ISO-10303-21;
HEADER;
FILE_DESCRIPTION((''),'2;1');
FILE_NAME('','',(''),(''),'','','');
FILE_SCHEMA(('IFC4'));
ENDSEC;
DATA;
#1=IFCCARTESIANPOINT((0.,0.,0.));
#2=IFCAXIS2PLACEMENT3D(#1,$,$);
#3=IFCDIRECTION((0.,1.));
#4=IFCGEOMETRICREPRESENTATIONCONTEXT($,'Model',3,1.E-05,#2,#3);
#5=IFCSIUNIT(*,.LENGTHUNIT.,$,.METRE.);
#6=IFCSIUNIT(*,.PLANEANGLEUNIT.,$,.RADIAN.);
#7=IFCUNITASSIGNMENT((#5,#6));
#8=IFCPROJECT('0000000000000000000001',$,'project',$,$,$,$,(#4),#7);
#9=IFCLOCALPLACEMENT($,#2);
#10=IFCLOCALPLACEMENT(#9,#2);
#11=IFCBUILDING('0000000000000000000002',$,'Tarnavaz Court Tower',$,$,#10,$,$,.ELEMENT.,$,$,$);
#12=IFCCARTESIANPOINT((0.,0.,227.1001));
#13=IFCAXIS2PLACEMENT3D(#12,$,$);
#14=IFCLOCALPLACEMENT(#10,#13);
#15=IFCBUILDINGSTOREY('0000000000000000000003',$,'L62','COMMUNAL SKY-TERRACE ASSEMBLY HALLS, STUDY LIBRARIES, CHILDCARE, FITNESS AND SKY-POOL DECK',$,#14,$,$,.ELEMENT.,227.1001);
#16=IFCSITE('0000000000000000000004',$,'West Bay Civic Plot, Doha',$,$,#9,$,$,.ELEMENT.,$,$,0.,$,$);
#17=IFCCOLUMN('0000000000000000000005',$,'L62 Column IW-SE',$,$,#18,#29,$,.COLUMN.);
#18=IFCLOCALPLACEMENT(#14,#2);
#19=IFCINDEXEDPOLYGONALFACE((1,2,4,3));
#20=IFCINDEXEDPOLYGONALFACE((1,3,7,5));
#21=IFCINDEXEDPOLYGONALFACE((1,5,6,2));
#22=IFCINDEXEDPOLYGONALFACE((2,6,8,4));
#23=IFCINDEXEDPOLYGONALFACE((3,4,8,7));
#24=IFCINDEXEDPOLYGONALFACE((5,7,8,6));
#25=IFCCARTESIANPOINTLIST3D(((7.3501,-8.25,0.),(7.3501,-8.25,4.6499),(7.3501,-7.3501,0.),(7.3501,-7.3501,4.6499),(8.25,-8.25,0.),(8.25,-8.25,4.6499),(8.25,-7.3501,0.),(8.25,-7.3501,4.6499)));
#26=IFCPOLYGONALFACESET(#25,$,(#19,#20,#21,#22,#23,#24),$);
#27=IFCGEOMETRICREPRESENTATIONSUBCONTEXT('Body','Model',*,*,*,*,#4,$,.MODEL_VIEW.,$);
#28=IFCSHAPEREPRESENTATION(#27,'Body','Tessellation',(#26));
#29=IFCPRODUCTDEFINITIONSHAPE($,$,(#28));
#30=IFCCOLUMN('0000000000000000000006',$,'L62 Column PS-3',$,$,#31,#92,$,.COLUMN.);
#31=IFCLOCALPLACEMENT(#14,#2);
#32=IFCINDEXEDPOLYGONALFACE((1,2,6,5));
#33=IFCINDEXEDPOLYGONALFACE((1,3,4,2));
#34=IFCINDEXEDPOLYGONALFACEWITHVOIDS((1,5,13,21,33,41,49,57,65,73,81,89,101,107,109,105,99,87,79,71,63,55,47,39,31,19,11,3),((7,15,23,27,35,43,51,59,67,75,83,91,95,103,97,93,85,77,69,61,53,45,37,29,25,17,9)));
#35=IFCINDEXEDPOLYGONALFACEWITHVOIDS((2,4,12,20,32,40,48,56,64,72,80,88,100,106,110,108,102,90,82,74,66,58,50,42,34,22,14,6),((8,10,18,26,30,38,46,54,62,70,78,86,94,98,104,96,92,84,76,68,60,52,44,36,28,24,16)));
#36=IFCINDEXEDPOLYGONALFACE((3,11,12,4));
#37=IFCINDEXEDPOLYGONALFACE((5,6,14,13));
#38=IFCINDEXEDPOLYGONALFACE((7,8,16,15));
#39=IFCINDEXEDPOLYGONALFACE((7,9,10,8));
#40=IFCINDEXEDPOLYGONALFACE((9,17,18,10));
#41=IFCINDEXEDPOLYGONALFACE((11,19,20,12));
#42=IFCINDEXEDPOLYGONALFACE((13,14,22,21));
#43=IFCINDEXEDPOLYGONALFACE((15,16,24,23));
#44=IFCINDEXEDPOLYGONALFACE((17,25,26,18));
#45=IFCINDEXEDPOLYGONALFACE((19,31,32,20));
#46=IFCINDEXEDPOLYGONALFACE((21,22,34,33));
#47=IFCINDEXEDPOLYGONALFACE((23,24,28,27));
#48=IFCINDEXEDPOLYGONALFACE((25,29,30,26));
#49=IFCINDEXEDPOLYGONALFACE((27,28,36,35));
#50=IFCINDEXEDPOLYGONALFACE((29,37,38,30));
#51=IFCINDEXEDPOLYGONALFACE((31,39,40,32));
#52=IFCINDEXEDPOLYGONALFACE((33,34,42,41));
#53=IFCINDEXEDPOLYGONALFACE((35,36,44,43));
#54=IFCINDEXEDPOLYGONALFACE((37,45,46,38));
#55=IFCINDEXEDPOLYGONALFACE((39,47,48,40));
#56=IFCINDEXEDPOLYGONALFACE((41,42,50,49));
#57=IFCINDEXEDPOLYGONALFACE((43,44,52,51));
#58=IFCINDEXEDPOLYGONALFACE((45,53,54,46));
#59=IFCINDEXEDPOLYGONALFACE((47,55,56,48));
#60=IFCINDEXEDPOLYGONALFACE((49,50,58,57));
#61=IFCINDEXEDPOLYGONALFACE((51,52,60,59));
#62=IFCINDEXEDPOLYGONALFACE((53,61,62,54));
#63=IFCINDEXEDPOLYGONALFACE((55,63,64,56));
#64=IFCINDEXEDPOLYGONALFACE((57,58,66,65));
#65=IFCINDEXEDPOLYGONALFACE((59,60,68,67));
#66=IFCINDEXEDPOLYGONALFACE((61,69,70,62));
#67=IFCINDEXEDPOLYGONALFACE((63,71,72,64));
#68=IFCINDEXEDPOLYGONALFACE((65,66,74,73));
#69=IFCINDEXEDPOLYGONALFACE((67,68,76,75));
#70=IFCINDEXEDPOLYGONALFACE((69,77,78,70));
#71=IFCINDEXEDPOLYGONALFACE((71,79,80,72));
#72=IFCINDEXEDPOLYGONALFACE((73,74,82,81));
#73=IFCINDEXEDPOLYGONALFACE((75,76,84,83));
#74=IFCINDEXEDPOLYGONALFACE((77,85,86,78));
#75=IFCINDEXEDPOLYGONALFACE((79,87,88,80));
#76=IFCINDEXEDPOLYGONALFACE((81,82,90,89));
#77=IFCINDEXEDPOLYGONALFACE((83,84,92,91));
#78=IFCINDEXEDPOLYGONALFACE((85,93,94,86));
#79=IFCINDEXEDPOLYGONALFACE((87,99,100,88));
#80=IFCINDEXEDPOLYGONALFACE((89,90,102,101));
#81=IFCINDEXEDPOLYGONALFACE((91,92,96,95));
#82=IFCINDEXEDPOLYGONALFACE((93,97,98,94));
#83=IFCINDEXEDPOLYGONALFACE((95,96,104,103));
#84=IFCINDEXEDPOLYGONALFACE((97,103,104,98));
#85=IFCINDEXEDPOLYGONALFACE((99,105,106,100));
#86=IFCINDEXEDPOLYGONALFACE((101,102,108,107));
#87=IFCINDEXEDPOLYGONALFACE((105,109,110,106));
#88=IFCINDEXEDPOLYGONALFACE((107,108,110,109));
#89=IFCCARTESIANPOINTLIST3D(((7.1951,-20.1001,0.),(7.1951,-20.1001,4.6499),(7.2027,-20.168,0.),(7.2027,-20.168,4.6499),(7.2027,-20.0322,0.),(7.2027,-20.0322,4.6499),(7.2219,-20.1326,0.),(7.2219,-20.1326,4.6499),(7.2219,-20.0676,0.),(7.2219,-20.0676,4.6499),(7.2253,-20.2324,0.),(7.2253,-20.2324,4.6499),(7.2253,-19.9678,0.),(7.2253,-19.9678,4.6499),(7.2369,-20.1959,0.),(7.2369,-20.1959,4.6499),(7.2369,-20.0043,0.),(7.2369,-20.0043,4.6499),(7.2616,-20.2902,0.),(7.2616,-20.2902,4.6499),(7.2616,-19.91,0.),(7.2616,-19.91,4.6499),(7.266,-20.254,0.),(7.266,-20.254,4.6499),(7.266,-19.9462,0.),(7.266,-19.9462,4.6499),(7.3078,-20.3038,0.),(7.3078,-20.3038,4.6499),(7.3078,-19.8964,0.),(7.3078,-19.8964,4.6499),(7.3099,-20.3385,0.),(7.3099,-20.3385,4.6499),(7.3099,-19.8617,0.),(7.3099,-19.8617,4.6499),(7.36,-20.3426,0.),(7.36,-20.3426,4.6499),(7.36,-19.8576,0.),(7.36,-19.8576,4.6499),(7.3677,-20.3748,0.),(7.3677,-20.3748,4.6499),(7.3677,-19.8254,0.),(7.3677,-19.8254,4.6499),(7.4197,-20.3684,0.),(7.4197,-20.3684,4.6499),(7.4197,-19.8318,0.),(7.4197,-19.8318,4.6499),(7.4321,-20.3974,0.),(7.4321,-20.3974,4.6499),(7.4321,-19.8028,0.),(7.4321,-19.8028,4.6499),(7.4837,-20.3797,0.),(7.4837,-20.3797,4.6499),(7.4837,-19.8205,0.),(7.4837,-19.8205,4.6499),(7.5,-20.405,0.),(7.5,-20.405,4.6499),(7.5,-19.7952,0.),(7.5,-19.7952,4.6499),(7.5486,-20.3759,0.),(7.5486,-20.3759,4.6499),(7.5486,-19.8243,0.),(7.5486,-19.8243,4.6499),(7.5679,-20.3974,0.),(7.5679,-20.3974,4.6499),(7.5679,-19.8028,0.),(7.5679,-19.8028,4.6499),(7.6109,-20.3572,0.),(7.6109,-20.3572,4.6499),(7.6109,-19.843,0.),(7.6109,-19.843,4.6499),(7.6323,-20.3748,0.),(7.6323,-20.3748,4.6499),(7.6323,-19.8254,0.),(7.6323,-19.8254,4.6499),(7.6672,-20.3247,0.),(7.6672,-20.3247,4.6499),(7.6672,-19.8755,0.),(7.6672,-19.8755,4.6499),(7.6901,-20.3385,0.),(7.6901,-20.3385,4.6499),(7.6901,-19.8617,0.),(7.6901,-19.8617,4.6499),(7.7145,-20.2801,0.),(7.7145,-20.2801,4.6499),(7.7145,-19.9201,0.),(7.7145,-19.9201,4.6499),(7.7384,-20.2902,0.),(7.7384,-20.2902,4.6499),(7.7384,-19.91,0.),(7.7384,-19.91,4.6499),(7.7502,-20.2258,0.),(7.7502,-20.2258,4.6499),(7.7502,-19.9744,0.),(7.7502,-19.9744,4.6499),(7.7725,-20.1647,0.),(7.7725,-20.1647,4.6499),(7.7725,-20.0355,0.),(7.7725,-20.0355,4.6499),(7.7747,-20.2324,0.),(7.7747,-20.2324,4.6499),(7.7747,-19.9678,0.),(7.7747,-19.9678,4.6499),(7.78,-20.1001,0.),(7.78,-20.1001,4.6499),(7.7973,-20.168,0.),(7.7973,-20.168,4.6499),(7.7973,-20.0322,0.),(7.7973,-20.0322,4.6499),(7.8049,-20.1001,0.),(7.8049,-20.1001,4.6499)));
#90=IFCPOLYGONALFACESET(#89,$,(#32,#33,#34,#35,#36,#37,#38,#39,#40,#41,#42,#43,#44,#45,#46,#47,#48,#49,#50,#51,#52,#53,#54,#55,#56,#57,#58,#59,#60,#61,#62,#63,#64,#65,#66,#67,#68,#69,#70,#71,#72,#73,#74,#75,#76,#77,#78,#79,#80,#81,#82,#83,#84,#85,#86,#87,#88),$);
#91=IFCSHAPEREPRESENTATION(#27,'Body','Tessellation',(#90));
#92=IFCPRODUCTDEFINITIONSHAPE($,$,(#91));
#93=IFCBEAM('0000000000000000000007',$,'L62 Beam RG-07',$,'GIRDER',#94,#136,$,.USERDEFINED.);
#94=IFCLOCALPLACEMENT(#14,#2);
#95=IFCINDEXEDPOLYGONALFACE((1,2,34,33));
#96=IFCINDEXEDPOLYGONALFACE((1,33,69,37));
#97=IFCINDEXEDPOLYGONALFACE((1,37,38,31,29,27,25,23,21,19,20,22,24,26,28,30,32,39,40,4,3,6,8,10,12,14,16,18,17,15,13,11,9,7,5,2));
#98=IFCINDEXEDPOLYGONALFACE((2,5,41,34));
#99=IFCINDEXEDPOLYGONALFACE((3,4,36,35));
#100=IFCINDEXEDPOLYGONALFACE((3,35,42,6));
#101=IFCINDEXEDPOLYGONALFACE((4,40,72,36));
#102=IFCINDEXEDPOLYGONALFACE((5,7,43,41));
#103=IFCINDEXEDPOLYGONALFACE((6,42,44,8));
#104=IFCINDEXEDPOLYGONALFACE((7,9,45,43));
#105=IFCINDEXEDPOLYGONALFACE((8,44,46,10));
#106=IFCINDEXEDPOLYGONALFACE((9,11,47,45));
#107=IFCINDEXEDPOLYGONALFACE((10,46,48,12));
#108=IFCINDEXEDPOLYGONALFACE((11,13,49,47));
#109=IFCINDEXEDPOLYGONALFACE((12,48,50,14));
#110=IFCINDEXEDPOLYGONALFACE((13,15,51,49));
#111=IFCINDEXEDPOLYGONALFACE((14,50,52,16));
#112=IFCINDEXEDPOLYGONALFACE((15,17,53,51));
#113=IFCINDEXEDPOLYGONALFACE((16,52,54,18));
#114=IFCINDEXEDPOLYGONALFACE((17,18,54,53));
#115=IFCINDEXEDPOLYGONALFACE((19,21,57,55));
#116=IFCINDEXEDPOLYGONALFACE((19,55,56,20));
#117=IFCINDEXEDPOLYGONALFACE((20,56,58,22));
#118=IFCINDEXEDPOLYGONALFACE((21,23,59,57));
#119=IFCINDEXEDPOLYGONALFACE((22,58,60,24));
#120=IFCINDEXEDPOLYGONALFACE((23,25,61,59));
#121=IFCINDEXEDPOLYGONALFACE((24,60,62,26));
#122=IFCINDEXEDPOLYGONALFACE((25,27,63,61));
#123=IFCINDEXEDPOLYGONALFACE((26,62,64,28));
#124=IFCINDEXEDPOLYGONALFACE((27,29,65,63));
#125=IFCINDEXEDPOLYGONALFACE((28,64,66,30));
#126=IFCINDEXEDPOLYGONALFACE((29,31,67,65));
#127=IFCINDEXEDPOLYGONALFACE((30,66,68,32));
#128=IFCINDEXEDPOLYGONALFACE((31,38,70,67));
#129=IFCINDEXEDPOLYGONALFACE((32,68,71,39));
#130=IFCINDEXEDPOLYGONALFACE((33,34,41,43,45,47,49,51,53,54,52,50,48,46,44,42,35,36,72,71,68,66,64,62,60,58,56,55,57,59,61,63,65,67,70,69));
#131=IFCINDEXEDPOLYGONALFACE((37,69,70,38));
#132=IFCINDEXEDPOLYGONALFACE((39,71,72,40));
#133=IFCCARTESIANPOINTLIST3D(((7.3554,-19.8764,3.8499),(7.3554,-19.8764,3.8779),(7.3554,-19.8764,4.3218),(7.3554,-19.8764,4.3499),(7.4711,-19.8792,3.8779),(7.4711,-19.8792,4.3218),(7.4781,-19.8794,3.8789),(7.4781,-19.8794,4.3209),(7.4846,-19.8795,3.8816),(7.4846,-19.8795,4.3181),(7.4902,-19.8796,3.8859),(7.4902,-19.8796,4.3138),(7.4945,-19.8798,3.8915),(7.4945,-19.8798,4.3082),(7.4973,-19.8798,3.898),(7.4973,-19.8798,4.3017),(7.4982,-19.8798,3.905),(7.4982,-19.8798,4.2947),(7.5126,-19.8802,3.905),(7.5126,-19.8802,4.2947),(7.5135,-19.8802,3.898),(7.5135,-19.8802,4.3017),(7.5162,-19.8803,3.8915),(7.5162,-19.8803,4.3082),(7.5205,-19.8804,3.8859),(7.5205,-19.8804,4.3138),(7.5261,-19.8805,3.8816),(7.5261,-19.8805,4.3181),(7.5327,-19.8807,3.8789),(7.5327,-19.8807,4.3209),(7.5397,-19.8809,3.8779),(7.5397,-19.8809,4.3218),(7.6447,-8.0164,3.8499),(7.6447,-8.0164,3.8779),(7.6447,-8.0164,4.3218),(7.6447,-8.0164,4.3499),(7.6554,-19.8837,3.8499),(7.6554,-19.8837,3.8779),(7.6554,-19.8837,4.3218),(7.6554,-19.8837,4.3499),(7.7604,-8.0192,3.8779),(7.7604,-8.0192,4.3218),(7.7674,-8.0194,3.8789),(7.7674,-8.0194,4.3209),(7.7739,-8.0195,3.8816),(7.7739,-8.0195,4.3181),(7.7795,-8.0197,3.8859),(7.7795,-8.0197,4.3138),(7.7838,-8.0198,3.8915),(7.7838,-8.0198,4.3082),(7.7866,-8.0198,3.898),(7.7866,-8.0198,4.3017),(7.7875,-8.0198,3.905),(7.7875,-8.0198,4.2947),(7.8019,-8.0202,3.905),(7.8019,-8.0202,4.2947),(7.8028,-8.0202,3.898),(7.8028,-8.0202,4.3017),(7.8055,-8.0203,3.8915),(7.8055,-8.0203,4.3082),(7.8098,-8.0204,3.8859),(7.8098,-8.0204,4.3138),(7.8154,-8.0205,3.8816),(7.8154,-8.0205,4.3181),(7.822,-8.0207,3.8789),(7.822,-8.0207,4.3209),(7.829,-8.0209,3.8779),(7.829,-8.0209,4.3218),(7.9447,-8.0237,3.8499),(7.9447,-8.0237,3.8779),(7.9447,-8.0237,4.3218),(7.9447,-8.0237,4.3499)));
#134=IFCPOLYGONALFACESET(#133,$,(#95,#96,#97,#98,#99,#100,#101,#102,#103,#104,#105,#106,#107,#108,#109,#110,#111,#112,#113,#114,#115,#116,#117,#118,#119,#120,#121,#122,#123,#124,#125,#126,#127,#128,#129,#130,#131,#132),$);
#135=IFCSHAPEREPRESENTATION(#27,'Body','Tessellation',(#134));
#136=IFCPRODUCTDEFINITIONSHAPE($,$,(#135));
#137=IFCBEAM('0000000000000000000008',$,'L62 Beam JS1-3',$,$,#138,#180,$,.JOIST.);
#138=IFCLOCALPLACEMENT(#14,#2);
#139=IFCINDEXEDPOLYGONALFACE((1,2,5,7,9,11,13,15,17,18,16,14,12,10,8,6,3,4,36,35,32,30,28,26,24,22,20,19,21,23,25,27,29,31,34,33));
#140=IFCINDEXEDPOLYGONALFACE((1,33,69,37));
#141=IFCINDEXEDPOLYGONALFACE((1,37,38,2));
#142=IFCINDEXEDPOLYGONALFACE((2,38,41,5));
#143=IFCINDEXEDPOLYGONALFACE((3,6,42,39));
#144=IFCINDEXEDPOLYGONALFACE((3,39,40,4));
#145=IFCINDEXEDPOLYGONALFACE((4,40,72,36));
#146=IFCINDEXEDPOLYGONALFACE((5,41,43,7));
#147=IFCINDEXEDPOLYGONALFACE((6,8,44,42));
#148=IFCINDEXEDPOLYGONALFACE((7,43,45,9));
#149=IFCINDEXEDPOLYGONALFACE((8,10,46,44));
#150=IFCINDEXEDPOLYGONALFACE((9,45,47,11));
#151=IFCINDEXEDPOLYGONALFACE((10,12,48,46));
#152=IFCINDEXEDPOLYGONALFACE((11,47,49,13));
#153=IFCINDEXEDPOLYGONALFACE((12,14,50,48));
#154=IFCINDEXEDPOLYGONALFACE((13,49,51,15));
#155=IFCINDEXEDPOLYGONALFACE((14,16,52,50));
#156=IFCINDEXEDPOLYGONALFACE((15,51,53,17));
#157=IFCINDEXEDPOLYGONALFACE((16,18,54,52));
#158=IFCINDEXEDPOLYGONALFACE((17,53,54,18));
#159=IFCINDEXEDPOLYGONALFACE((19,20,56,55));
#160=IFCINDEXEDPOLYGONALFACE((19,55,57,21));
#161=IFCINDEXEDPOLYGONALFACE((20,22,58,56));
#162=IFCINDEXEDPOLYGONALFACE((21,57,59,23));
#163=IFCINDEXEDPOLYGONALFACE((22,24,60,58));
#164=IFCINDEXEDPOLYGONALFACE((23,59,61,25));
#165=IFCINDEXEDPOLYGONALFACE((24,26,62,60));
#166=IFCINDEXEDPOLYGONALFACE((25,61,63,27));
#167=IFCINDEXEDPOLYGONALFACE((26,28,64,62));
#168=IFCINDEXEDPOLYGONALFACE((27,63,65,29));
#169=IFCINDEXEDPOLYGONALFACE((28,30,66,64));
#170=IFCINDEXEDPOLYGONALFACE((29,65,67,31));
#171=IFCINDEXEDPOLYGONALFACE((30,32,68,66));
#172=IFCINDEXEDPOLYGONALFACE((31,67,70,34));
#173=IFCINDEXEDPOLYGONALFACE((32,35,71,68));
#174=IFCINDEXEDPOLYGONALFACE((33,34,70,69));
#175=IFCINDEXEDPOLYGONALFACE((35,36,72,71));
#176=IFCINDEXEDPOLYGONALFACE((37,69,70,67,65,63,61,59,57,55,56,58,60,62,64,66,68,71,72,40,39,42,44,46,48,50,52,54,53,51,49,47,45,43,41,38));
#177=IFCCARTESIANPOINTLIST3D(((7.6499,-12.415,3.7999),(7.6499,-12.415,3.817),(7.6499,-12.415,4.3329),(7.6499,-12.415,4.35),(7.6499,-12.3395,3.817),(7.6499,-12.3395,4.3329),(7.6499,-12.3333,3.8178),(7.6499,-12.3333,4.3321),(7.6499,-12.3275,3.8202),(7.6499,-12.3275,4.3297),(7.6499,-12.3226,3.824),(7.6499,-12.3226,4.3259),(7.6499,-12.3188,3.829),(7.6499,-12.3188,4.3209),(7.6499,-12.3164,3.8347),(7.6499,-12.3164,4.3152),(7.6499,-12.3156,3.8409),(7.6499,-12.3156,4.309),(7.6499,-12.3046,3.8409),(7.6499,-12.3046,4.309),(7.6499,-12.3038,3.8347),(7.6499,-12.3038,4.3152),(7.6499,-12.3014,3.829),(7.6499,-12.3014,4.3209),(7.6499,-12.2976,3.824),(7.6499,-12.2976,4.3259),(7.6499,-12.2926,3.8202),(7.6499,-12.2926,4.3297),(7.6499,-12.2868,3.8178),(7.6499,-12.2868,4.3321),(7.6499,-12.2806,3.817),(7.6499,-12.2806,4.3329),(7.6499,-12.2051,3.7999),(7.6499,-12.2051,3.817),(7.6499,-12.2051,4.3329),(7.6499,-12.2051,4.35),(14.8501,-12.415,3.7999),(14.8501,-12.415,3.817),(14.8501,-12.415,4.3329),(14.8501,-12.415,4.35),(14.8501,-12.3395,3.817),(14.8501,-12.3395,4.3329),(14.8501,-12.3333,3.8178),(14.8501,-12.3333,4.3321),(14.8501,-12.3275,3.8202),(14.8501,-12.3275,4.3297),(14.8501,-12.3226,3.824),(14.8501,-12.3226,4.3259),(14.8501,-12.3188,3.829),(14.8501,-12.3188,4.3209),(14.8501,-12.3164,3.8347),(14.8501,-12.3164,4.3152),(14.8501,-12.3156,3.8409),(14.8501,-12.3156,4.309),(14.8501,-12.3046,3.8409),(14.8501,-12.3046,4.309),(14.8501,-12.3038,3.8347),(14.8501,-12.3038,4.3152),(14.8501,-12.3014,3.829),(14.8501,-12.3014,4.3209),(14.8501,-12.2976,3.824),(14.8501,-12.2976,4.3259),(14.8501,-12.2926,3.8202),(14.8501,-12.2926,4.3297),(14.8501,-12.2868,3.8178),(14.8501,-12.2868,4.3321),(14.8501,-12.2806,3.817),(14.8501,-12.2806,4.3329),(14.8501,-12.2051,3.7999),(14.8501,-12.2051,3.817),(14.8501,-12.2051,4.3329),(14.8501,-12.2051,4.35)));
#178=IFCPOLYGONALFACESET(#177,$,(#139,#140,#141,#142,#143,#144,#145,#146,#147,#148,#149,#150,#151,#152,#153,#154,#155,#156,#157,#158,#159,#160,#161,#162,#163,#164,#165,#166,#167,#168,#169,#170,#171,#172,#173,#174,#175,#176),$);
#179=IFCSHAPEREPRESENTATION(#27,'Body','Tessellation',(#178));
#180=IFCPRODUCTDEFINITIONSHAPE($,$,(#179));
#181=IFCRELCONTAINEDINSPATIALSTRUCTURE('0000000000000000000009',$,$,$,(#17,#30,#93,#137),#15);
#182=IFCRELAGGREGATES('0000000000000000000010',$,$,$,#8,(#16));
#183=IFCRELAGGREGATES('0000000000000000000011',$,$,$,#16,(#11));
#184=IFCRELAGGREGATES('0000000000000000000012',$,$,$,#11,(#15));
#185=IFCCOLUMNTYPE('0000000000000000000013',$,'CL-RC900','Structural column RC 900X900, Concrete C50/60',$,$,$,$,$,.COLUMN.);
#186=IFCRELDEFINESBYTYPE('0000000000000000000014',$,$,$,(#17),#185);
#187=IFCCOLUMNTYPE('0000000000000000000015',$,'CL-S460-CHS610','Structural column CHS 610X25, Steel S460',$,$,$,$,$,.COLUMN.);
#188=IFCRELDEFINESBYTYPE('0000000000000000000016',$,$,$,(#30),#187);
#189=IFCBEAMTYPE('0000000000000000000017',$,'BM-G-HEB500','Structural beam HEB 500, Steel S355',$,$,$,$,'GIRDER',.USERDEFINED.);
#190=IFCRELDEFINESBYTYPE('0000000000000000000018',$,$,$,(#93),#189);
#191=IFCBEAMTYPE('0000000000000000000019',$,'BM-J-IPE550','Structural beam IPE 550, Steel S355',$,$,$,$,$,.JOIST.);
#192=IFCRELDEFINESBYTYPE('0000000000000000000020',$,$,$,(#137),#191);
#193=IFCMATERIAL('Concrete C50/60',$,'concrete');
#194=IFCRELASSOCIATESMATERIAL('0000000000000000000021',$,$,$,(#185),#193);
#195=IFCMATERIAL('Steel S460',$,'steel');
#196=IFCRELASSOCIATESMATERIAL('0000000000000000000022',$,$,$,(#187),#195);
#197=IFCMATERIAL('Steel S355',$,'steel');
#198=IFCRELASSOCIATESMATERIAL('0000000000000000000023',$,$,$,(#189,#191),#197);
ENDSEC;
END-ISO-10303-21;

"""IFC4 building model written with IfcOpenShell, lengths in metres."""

from ifc_helpers import new_model, si_unit, direction, frame, origin, origin_2d, place, context, subcontext, project, spatial, rectangle, hollow_circle, i_section, extrude, material, material_profile, profile_set, type_object, element, save


model = new_model("IFC4")

# Units and contexts
model_context = context("Model", 3, precision=1e-05, world=origin(), true_north=direction((0.0, 1.0)))
body_context = subcontext(model_context, "Body", "Model", "MODEL_VIEW")
ifc_project = project(units=[si_unit("LENGTHUNIT", "METRE"), si_unit("PLANEANGLEUNIT", "RADIAN")], contexts=[model_context])

# Site, building, storey
site_placement = place(None, origin())
site = spatial("IfcSite", under=ifc_project, at=site_placement, Name="West Bay Civic Plot, Doha", CompositionType="ELEMENT", RefElevation=0.0)
building_placement = place(site_placement, origin())
building = spatial("IfcBuilding", under=site, at=building_placement, Name="Tarnavaz Court Tower", CompositionType="ELEMENT")
storey_placement = place(building_placement, frame((0.0, 0.0, 227.1001)))
storey = spatial("IfcBuildingStorey", under=building, at=storey_placement, Name="L62", Description="COMMUNAL SKY-TERRACE ASSEMBLY HALLS, STUDY LIBRARIES, CHILDCARE, FITNESS AND SKY-POOL DECK", CompositionType="ELEMENT", Elevation=227.1001)

# Columns
ifc_material_1 = material(Name="Concrete C50/60", Category="concrete")
ifc_material_profile_1 = material_profile(ifc_material_1, rectangle(XDim=0.8999, YDim=0.8999, at=origin_2d()), Name="RC 900X900")
ifc_profile_set_1 = profile_set([ifc_material_profile_1], Name="Concrete C50/60")
column_type_1 = type_object("IfcColumnType", Name="CL-RC900", Description="Structural column RC 900X900, Concrete C50/60", PredefinedType="COLUMN", material=ifc_profile_set_1)
column_1_placement = place(storey_placement, frame((7.8, -7.8, 0.0), z_axis=(0.0, 0.0, 1.0), x_axis=(1.0, 0.0, 0.0)))
element("IfcColumn", 1, at=column_1_placement, inside=storey, type_object=column_type_1, Name="L62 Column IW-SE", PredefinedType="COLUMN", context=body_context, shape_type="SweptSolid", body=[
    extrude(rectangle(XDim=0.8999, YDim=0.8999, at=origin_2d()), origin(), (0.0, 0.0, 1.0), 4.6499),
])
ifc_material_2 = material(Name="Steel S460", Category="steel")
ifc_material_profile_2 = material_profile(ifc_material_2, hollow_circle(Radius=0.3049, WallThickness=0.0249, at=origin_2d()), Name="CHS 610X25")
ifc_profile_set_2 = profile_set([ifc_material_profile_2], Name="Steel S460")
column_type_2 = type_object("IfcColumnType", Name="CL-S460-CHS610", Description="Structural column CHS 610X25, Steel S460", PredefinedType="COLUMN", material=ifc_profile_set_2)
column_2_placement = place(storey_placement, frame((7.5, -20.1001, 0.0), z_axis=(0.0, 0.0, 1.0), x_axis=(1.0, 0.0, 0.0)))
element("IfcColumn", 2, at=column_2_placement, inside=storey, type_object=column_type_2, Name="L62 Column PS-3", PredefinedType="COLUMN", context=body_context, shape_type="SweptSolid", body=[
    extrude(hollow_circle(Radius=0.3049, WallThickness=0.0249, at=origin_2d()), origin(), (0.0, 0.0, 1.0), 4.6499),
])

# Beams
ifc_material_3 = material(Name="Steel S355", Category="steel")
ifc_material_profile_3 = material_profile(ifc_material_3, i_section(OverallWidth=0.3, OverallDepth=0.5, WebThickness=0.0144, FlangeThickness=0.0281, FilletRadius=0.0271, at=origin_2d()), Name="HEB 500")
ifc_profile_set_3 = profile_set([ifc_material_profile_3], Name="Steel S355")
beam_type_1 = type_object("IfcBeamType", Name="BM-G-HEB500", Description="Structural beam HEB 500, Steel S355", ElementType="GIRDER", PredefinedType="USERDEFINED", material=ifc_profile_set_3)
beam_1_placement = place(storey_placement, frame((7.7947, -8.02, 4.0999), z_axis=(-0.024386, -0.999703, 0.0), x_axis=(0.999703, -0.024386, 0.0)))
element("IfcBeam", 3, at=beam_1_placement, inside=storey, type_object=beam_type_1, Name="L62 Beam RG-07", ObjectType="GIRDER", PredefinedType="USERDEFINED", context=body_context, shape_type="SweptSolid", body=[
    extrude(i_section(OverallWidth=0.3, OverallDepth=0.5, WebThickness=0.0144, FlangeThickness=0.0281, FilletRadius=0.0271, at=origin_2d()), origin(), (0.0, 0.0, 1.0), 11.8635),
])
ifc_material_profile_4 = material_profile(ifc_material_3, i_section(OverallWidth=0.21, OverallDepth=0.55, WebThickness=0.011, FlangeThickness=0.0171, FilletRadius=0.0239, at=origin_2d()), Name="IPE 550")
ifc_profile_set_4 = profile_set([ifc_material_profile_4], Name="Steel S355")
beam_type_2 = type_object("IfcBeamType", Name="BM-J-IPE550", Description="Structural beam IPE 550, Steel S355", PredefinedType="JOIST", material=ifc_profile_set_4)
for number, where, z_axis, x_axis, name in (
    (4, (7.6499, -12.3101, 4.075), (1.0, 0.0, 0.0), (0.0, 1.0, 0.0), "L62 Beam JS1-3"),
):
    element("IfcBeam", number, at=place(storey_placement, frame(where, z_axis=z_axis, x_axis=x_axis)), inside=storey, type_object=beam_type_2, Name=name, PredefinedType="JOIST", context=body_context, shape_type="SweptSolid", body=[
        extrude(i_section(OverallWidth=0.21, OverallDepth=0.55, WebThickness=0.011, FlangeThickness=0.0171, FilletRadius=0.0239, at=origin_2d()), origin(), (0.0, 0.0, 1.0), 7.2002),
    ])

save(model, "model.ifc")
